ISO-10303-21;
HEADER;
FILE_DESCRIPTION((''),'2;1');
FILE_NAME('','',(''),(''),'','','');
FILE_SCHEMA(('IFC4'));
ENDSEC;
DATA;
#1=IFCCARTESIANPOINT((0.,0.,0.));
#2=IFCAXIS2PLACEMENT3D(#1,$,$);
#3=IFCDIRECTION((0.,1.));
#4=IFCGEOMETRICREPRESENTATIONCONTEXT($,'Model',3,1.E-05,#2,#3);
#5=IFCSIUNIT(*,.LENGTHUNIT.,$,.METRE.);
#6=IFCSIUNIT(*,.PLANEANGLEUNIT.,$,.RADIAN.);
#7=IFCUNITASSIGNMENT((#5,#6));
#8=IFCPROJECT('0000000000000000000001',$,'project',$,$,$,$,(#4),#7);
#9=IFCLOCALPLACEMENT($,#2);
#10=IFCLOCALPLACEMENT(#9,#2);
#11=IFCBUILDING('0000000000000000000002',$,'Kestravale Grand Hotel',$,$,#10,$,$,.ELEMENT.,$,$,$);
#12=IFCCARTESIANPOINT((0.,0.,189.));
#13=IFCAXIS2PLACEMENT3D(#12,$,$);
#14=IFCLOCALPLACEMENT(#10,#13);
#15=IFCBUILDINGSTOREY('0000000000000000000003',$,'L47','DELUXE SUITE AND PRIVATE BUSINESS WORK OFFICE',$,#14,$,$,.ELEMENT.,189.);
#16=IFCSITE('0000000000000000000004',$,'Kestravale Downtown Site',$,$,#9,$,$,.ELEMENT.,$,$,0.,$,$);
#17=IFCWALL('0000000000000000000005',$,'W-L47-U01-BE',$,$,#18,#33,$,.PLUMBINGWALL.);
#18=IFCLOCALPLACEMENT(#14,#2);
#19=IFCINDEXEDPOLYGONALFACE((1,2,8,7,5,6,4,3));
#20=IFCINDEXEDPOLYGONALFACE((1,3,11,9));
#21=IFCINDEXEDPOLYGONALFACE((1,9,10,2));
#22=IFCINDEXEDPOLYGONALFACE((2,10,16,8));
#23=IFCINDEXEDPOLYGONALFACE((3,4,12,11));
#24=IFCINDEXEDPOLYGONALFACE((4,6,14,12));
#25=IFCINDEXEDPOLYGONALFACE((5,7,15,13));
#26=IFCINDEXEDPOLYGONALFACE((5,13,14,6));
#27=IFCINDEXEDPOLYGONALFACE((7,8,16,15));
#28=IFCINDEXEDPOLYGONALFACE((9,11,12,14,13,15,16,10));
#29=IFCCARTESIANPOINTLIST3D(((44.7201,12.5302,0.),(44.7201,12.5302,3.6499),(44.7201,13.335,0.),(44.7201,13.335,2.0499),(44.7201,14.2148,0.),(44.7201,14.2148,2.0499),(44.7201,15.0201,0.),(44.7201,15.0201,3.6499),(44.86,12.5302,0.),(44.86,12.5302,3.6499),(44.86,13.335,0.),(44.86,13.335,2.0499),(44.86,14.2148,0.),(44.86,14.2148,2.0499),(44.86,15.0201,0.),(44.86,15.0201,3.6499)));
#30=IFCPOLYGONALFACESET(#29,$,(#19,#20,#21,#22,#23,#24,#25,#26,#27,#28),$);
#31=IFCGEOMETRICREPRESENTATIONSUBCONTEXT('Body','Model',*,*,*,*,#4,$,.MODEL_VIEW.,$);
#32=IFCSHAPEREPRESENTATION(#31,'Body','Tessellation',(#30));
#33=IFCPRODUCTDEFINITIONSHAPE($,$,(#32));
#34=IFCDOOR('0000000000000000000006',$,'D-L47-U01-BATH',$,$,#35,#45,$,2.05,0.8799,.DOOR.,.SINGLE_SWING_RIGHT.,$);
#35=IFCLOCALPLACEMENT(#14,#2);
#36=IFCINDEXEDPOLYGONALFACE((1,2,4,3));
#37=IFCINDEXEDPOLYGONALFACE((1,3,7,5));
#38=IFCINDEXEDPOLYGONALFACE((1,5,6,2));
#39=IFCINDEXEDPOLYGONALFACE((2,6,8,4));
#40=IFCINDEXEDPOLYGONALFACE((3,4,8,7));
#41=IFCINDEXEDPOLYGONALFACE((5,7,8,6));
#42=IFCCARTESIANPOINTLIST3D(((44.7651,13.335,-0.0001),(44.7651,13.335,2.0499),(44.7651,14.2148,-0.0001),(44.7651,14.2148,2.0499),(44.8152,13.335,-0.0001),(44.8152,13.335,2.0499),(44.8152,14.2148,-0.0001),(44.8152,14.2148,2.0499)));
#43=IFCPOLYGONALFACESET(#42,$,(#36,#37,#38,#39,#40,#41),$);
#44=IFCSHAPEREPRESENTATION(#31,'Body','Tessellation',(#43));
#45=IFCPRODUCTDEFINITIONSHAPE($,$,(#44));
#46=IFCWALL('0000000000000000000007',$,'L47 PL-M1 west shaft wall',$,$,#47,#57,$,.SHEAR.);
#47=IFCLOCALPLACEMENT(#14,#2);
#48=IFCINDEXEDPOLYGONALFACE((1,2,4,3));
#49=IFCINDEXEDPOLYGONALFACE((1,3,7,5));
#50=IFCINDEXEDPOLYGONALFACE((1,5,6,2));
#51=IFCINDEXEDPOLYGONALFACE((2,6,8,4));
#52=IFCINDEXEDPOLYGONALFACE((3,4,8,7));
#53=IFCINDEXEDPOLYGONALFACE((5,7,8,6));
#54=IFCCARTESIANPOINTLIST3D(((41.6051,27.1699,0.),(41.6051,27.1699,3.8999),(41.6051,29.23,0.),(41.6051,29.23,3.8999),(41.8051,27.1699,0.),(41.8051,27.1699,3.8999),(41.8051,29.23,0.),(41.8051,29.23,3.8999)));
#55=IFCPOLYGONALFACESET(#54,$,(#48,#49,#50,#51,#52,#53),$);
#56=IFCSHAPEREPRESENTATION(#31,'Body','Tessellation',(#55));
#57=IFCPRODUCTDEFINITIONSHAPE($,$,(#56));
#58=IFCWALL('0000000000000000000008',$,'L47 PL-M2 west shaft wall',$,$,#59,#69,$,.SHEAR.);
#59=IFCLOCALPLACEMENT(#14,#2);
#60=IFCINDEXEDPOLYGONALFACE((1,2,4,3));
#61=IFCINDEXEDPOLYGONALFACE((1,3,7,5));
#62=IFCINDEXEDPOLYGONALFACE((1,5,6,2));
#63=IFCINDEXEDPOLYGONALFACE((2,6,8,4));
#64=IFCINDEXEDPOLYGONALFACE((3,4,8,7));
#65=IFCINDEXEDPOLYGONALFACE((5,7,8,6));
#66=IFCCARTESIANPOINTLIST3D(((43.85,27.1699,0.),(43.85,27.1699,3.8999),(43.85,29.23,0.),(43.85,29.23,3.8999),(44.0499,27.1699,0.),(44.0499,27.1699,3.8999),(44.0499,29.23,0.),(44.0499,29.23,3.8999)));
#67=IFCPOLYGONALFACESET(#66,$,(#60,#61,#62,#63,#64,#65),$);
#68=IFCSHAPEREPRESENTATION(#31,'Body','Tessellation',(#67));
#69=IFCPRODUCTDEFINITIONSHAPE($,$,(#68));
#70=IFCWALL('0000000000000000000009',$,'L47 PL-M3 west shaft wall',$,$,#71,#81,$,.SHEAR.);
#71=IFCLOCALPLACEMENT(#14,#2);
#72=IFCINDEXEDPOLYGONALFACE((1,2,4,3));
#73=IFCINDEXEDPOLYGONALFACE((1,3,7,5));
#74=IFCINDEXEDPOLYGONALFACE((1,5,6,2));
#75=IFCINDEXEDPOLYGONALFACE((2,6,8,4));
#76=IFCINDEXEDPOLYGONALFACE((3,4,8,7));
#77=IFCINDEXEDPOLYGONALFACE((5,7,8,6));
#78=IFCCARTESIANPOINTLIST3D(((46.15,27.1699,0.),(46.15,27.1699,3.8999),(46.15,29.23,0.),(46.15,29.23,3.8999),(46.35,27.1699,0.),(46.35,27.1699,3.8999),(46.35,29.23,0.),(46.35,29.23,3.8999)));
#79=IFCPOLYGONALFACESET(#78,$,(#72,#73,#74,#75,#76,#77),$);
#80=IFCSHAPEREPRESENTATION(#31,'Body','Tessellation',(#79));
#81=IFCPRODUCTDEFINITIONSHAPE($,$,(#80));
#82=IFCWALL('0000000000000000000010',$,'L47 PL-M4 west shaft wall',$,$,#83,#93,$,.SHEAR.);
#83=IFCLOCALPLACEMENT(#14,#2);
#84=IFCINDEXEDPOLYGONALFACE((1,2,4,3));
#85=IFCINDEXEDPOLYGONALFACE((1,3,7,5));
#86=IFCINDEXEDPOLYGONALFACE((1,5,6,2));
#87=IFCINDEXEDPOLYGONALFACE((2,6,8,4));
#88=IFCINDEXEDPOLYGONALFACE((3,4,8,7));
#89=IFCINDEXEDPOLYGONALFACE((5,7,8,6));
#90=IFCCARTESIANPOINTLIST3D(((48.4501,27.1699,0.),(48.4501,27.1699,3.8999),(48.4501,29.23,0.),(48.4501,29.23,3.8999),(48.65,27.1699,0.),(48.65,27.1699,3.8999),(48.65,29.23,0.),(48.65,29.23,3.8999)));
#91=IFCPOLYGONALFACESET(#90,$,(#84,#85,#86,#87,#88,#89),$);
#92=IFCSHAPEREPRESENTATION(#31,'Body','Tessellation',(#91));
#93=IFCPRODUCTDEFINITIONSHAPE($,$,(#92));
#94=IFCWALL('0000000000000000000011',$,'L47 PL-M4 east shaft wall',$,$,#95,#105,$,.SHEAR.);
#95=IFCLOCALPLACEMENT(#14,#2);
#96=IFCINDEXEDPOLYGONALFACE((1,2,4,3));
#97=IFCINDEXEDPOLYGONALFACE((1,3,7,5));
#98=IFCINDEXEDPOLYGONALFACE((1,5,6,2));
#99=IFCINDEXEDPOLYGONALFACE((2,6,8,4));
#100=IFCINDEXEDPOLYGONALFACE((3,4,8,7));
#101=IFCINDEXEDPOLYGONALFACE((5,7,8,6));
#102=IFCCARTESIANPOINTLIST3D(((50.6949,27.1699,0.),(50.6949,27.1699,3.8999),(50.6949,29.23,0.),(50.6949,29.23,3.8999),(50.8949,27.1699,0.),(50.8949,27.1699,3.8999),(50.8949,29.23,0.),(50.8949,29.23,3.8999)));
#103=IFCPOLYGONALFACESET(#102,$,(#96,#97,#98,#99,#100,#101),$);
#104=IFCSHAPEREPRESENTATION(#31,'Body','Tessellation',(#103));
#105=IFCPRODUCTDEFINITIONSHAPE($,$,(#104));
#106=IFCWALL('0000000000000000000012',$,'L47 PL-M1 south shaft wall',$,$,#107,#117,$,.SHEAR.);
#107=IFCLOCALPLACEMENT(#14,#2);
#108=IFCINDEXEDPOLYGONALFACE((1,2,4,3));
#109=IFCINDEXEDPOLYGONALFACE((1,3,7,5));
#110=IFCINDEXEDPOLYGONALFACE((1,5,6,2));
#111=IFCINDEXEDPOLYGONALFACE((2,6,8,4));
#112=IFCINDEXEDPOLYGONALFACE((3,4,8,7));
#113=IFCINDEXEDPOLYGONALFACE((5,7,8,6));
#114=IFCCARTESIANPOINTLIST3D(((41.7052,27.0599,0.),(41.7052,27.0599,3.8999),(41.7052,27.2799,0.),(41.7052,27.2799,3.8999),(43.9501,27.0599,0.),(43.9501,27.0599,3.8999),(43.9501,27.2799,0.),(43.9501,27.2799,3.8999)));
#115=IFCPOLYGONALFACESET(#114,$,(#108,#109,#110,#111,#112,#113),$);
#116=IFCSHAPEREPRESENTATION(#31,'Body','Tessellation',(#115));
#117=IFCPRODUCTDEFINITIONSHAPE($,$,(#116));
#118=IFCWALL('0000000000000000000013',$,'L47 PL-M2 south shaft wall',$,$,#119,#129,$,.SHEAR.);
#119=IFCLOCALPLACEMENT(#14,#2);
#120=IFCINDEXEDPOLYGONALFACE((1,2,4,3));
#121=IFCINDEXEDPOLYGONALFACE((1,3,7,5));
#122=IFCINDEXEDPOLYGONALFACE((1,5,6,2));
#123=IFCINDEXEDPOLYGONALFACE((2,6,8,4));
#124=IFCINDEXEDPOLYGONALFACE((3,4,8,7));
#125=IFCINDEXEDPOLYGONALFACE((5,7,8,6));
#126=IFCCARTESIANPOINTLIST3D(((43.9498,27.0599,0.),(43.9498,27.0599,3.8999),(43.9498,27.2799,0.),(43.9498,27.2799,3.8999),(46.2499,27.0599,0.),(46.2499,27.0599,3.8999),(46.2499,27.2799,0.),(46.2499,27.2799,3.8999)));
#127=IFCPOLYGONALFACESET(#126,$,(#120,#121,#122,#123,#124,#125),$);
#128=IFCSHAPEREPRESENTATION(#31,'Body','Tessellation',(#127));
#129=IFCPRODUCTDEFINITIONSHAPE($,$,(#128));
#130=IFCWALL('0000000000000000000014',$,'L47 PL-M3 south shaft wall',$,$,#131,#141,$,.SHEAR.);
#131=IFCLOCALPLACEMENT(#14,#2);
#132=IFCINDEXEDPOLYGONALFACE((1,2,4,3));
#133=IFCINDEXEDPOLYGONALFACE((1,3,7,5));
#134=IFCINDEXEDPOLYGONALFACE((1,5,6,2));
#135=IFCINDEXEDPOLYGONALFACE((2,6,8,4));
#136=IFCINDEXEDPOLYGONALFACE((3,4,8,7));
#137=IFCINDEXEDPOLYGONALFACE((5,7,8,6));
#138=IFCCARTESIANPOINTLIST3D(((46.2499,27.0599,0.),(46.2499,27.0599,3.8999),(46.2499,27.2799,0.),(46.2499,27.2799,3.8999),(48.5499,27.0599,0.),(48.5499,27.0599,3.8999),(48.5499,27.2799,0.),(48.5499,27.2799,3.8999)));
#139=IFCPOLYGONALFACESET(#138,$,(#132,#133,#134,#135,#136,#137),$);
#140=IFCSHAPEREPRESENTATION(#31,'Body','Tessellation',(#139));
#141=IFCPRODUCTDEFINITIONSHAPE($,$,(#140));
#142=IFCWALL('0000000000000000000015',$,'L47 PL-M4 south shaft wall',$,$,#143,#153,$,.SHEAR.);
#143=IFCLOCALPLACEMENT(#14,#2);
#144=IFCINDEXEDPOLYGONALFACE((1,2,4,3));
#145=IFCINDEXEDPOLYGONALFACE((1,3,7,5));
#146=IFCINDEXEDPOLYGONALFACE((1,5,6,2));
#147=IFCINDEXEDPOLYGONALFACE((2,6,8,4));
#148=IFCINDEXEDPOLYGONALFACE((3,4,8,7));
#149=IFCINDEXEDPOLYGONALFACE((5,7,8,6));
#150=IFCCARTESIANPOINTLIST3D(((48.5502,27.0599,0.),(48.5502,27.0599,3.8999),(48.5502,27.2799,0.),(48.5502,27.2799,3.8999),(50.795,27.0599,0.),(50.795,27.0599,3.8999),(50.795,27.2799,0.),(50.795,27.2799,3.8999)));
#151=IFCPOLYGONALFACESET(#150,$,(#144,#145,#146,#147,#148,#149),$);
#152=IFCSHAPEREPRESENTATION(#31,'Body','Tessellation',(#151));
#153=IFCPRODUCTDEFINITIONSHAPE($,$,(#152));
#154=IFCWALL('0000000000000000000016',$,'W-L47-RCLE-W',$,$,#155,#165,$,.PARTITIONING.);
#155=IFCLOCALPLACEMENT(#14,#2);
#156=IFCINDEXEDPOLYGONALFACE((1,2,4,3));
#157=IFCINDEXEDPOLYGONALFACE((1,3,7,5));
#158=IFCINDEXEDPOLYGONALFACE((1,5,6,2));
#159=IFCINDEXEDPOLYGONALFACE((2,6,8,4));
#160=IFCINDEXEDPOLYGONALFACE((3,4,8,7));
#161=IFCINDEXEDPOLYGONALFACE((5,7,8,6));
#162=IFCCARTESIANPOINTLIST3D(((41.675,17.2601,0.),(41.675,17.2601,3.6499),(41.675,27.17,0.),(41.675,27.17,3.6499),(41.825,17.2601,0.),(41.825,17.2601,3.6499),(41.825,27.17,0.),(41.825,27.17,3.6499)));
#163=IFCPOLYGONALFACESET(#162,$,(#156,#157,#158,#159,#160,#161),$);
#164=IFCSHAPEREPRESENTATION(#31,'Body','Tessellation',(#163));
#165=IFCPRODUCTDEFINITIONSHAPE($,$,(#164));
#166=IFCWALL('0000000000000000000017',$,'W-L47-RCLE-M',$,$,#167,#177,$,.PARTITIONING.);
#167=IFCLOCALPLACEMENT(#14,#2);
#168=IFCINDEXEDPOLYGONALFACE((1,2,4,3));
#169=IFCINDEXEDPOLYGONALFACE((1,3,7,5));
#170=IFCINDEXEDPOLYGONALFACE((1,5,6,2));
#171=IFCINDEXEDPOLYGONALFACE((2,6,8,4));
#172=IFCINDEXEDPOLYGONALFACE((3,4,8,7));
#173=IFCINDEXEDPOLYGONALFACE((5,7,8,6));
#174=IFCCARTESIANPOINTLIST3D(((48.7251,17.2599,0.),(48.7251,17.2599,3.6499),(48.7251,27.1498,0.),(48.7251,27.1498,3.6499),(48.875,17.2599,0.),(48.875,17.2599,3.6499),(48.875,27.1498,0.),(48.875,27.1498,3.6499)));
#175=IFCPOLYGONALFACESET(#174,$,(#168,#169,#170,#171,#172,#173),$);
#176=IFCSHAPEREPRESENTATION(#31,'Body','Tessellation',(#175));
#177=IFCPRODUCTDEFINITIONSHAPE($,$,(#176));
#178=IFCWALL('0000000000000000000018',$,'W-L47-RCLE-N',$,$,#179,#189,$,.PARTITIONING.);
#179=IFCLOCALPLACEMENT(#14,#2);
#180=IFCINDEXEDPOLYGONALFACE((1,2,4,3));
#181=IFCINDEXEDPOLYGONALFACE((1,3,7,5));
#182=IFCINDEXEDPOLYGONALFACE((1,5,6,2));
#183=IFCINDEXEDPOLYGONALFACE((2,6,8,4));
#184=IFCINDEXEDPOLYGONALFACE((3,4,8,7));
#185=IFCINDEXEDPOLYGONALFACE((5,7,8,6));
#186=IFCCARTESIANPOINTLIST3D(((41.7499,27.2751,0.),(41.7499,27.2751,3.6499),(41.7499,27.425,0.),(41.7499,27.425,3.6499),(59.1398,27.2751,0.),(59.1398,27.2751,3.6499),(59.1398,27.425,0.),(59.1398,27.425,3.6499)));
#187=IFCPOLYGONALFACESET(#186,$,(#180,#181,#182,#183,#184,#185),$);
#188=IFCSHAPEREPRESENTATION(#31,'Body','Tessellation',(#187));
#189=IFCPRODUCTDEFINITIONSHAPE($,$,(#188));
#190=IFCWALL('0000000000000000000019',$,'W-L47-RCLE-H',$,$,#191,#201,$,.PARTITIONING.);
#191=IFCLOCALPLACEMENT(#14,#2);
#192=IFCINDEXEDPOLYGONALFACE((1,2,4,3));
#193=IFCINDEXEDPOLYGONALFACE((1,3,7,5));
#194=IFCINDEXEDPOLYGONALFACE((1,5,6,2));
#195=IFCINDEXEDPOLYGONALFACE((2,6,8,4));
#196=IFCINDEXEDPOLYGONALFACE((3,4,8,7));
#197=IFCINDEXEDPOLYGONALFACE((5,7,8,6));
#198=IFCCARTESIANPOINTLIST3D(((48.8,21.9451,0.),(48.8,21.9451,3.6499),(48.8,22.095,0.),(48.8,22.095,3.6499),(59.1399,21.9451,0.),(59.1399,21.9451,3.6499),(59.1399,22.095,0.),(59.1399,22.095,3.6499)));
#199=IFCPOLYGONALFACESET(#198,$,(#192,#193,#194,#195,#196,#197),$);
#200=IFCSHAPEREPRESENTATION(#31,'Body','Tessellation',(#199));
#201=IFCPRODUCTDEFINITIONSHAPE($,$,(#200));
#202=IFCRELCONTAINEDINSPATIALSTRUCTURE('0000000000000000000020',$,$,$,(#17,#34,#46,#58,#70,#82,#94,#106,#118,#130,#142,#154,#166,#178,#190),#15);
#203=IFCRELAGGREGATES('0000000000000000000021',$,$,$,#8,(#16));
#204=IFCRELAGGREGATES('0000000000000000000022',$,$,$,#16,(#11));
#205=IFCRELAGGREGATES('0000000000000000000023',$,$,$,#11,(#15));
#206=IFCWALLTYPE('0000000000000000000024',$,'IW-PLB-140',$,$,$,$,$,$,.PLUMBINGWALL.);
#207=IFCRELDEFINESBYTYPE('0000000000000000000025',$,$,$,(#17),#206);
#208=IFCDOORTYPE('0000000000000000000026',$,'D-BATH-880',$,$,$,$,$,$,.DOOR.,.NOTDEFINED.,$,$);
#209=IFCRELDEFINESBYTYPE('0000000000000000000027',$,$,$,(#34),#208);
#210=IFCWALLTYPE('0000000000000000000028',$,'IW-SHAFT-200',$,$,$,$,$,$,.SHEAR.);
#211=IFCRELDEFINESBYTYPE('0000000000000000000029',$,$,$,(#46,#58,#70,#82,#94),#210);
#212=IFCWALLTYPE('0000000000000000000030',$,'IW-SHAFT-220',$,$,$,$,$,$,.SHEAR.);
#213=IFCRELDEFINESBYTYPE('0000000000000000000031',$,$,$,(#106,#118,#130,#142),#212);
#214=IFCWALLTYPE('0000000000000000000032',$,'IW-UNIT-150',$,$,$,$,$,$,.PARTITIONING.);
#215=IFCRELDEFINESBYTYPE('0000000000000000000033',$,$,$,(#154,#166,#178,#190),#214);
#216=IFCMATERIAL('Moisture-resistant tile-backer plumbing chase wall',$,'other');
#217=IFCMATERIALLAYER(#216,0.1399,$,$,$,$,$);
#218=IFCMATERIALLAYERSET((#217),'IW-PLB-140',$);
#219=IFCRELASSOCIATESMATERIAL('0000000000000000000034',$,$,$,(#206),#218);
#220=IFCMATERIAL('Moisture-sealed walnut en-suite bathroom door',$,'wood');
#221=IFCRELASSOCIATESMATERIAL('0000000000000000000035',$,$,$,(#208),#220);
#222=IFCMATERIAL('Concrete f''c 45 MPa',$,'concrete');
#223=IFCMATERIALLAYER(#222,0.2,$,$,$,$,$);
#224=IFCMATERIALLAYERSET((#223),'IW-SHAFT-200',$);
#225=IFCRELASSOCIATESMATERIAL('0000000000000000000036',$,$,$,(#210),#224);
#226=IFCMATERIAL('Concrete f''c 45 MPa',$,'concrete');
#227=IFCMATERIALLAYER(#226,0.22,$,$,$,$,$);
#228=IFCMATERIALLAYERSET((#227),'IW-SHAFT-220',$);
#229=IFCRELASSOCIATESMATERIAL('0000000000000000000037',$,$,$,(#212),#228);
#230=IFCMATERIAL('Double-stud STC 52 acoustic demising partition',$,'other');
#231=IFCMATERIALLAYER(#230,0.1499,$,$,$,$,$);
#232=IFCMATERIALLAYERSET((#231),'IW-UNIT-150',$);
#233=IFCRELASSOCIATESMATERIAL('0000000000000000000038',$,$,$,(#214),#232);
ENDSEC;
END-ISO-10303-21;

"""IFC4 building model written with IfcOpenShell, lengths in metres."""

from ifc_helpers import new_model, si_unit, direction, frame, frame_2d, origin, place, context, subcontext, project, spatial, rectangle, extrude, material, layer, layer_set, type_object, element, fill, save


model = new_model("IFC4")

# Units and contexts
model_context = context("Model", 3, precision=1e-05, world=origin(), true_north=direction((0.0, 1.0)))
body_context = subcontext(model_context, "Body", "Model", "MODEL_VIEW")
ifc_project = project(units=[si_unit("LENGTHUNIT", "METRE"), si_unit("PLANEANGLEUNIT", "RADIAN")], contexts=[model_context])

# Site, building, storey
site_placement = place(None, origin())
site = spatial("IfcSite", under=ifc_project, at=site_placement, Name="Kestravale Downtown Site", CompositionType="ELEMENT", RefElevation=0.0)
building_placement = place(site_placement, origin())
building = spatial("IfcBuilding", under=site, at=building_placement, Name="Kestravale Grand Hotel", CompositionType="ELEMENT")
storey_placement = place(building_placement, frame((0.0, 0.0, 189.0)))
storey = spatial("IfcBuildingStorey", under=building, at=storey_placement, Name="L47", Description="DELUXE SUITE AND PRIVATE BUSINESS WORK OFFICE", CompositionType="ELEMENT", Elevation=189.0)

# Wall, opening, door
ifc_material_1 = material(Name="Moisture-resistant tile-backer plumbing chase wall", Category="other")
ifc_layer_1 = layer(ifc_material_1, 0.1399)
ifc_layer_set_1 = layer_set([ifc_layer_1], Name="IW-PLB-140")
wall_type_1 = type_object("IfcWallType", Name="IW-PLB-140", PredefinedType="PLUMBINGWALL", material=ifc_layer_set_1)
wall_1_placement = place(storey_placement, frame((44.79, 12.53, 0.0), z_axis=(0.0, 0.0, 1.0), x_axis=(0.0, 1.0, 0.0)))
wall_1 = element("IfcWall", 1, at=wall_1_placement, inside=storey, type_object=wall_type_1, Name="W-L47-U01-BE", PredefinedType="PLUMBINGWALL", context=body_context, shape_type="SweptSolid", body=[
    extrude(rectangle(XDim=2.49, YDim=0.1399, at=frame_2d((1.2451, 0.0))), origin(), (0.0, 0.0, 1.0), 3.6499),
])
opening_placement = place(wall_1_placement, frame((0.8049, 0.0, 0.0)))
opening = element("IfcOpeningElement", 2, at=opening_placement, cuts=wall_1, PredefinedType="OPENING", context=body_context, shape_type="SweptSolid", body=[
    extrude(rectangle(XDim=0.8799, YDim=2.05, at=frame_2d((0.4399, 1.0249))), frame((0.0, 0.0798, 0.0), z_axis=(0.0, -1.0, 0.0), x_axis=(1.0, 0.0, 0.0)), (0.0, 0.0, 1.0), 0.1599),
])
ifc_material_2 = material(Name="Moisture-sealed walnut en-suite bathroom door", Category="wood")
door_type = type_object("IfcDoorType", Name="D-BATH-880", OperationType="NOTDEFINED", PredefinedType="DOOR", material=ifc_material_2)
door_placement = place(opening_placement, origin())
door = element("IfcDoor", 3, at=door_placement, inside=storey, type_object=door_type, Name="D-L47-U01-BATH", OperationType="SINGLE_SWING_RIGHT", OverallHeight=2.05, OverallWidth=0.8799, PredefinedType="DOOR", context=body_context, shape_type="SweptSolid", body=[
    extrude(rectangle(XDim=0.8799, YDim=2.05, at=frame_2d((0.4399, 1.0249))), frame((0.0, 0.0249, 0.0), z_axis=(0.0, -1.0, 0.0), x_axis=(1.0, 0.0, 0.0)), (0.0, 0.0, 1.0), 0.05),
])
fill(opening, door)

# Walls
ifc_material_3 = material(Name="Concrete f'c 45 MPa", Category="concrete")
ifc_layer_2 = layer(ifc_material_3, 0.2)
ifc_layer_set_2 = layer_set([ifc_layer_2], Name="IW-SHAFT-200")
wall_type_2 = type_object("IfcWallType", Name="IW-SHAFT-200", PredefinedType="SHEAR", material=ifc_layer_set_2)
for number, where, z_axis, x_axis, name in (
    (4, (41.7051, 27.1699, 0.0), (0.0, 0.0, 1.0), (0.0, 1.0, 0.0), "L47 PL-M1 west shaft wall"),
    (5, (43.95, 27.1699, 0.0), (0.0, 0.0, 1.0), (0.0, 1.0, 0.0), "L47 PL-M2 west shaft wall"),
    (6, (46.25, 27.1699, 0.0), (0.0, 0.0, 1.0), (0.0, 1.0, 0.0), "L47 PL-M3 west shaft wall"),
    (7, (48.55, 27.1699, 0.0), (0.0, 0.0, 1.0), (0.0, 1.0, 0.0), "L47 PL-M4 west shaft wall"),
    (8, (50.7949, 27.1699, 0.0), (0.0, 0.0, 1.0), (0.0, 1.0, 0.0), "L47 PL-M4 east shaft wall"),
):
    element("IfcWall", number, at=place(storey_placement, frame(where, z_axis=z_axis, x_axis=x_axis)), inside=storey, type_object=wall_type_2, Name=name, PredefinedType="SHEAR", context=body_context, shape_type="SweptSolid", body=[
        extrude(rectangle(XDim=2.0601, YDim=0.2, at=frame_2d((1.03, 0.0))), origin(), (0.0, 0.0, 1.0), 3.8999),
    ])
ifc_material_4 = material(Name="Concrete f'c 45 MPa", Category="concrete")
ifc_layer_3 = layer(ifc_material_4, 0.22)
ifc_layer_set_3 = layer_set([ifc_layer_3], Name="IW-SHAFT-220")
wall_type_3 = type_object("IfcWallType", Name="IW-SHAFT-220", PredefinedType="SHEAR", material=ifc_layer_set_3)
wall_2_placement = place(storey_placement, frame((41.7051, 27.1699, 0.0), z_axis=(0.0, 0.0, 1.0), x_axis=(1.0, 0.0, 0.0)))
element("IfcWall", 9, at=wall_2_placement, inside=storey, type_object=wall_type_3, Name="L47 PL-M1 south shaft wall", PredefinedType="SHEAR", context=body_context, shape_type="SweptSolid", body=[
    extrude(rectangle(XDim=2.2449, YDim=0.22, at=frame_2d((1.1226, 0.0))), origin(), (0.0, 0.0, 1.0), 3.8999),
])
for number, where, z_axis, x_axis, name in (
    (10, (43.95, 27.1699, 0.0), (0.0, 0.0, 1.0), (1.0, 0.0, 0.0), "L47 PL-M2 south shaft wall"),
    (11, (46.25, 27.1699, 0.0), (0.0, 0.0, 1.0), (1.0, 0.0, 0.0), "L47 PL-M3 south shaft wall"),
):
    element("IfcWall", number, at=place(storey_placement, frame(where, z_axis=z_axis, x_axis=x_axis)), inside=storey, type_object=wall_type_3, Name=name, PredefinedType="SHEAR", context=body_context, shape_type="SweptSolid", body=[
        extrude(rectangle(XDim=2.3, YDim=0.22, at=frame_2d((1.1499, 0.0))), origin(), (0.0, 0.0, 1.0), 3.8999),
    ])
wall_3_placement = place(storey_placement, frame((48.55, 27.1699, 0.0), z_axis=(0.0, 0.0, 1.0), x_axis=(1.0, 0.0, 0.0)))
element("IfcWall", 12, at=wall_3_placement, inside=storey, type_object=wall_type_3, Name="L47 PL-M4 south shaft wall", PredefinedType="SHEAR", context=body_context, shape_type="SweptSolid", body=[
    extrude(rectangle(XDim=2.2449, YDim=0.22, at=frame_2d((1.1226, 0.0))), origin(), (0.0, 0.0, 1.0), 3.8999),
])
ifc_material_5 = material(Name="Double-stud STC 52 acoustic demising partition", Category="other")
ifc_layer_4 = layer(ifc_material_5, 0.1499)
ifc_layer_set_4 = layer_set([ifc_layer_4], Name="IW-UNIT-150")
wall_type_4 = type_object("IfcWallType", Name="IW-UNIT-150", PredefinedType="PARTITIONING", material=ifc_layer_set_4)
wall_4_placement = place(storey_placement, frame((41.75, 17.26, 0.0), z_axis=(0.0, 0.0, 1.0), x_axis=(0.0, 1.0, 0.0)))
element("IfcWall", 13, at=wall_4_placement, inside=storey, type_object=wall_type_4, Name="W-L47-RCLE-W", PredefinedType="PARTITIONING", context=body_context, shape_type="SweptSolid", body=[
    extrude(rectangle(XDim=9.9099, YDim=0.1499, at=frame_2d((4.9551, 0.0))), origin(), (0.0, 0.0, 1.0), 3.6499),
])
wall_5_placement = place(storey_placement, frame((48.8, 17.26, 0.0), z_axis=(0.0, 0.0, 1.0), x_axis=(0.0, 1.0, 0.0)))
element("IfcWall", 14, at=wall_5_placement, inside=storey, type_object=wall_type_4, Name="W-L47-RCLE-M", PredefinedType="PARTITIONING", context=body_context, shape_type="SweptSolid", body=[
    extrude(rectangle(XDim=9.8899, YDim=0.1499, at=frame_2d((4.9448, 0.0))), origin(), (0.0, 0.0, 1.0), 3.6499),
])
wall_6_placement = place(storey_placement, frame((41.75, 27.3501, 0.0), z_axis=(0.0, 0.0, 1.0), x_axis=(1.0, 0.0, 0.0)))
element("IfcWall", 15, at=wall_6_placement, inside=storey, type_object=wall_type_4, Name="W-L47-RCLE-N", PredefinedType="PARTITIONING", context=body_context, shape_type="SweptSolid", body=[
    extrude(rectangle(XDim=17.3899, YDim=0.1499, at=frame_2d((8.6948, 0.0))), origin(), (0.0, 0.0, 1.0), 3.6499),
])
wall_7_placement = place(storey_placement, frame((48.8, 22.02, 0.0), z_axis=(0.0, 0.0, 1.0), x_axis=(1.0, 0.0, 0.0)))
element("IfcWall", 16, at=wall_7_placement, inside=storey, type_object=wall_type_4, Name="W-L47-RCLE-H", PredefinedType="PARTITIONING", context=body_context, shape_type="SweptSolid", body=[
    extrude(rectangle(XDim=10.3398, YDim=0.1499, at=frame_2d((5.1699, 0.0))), origin(), (0.0, 0.0, 1.0), 3.6499),
])

save(model, "model.ifc")
